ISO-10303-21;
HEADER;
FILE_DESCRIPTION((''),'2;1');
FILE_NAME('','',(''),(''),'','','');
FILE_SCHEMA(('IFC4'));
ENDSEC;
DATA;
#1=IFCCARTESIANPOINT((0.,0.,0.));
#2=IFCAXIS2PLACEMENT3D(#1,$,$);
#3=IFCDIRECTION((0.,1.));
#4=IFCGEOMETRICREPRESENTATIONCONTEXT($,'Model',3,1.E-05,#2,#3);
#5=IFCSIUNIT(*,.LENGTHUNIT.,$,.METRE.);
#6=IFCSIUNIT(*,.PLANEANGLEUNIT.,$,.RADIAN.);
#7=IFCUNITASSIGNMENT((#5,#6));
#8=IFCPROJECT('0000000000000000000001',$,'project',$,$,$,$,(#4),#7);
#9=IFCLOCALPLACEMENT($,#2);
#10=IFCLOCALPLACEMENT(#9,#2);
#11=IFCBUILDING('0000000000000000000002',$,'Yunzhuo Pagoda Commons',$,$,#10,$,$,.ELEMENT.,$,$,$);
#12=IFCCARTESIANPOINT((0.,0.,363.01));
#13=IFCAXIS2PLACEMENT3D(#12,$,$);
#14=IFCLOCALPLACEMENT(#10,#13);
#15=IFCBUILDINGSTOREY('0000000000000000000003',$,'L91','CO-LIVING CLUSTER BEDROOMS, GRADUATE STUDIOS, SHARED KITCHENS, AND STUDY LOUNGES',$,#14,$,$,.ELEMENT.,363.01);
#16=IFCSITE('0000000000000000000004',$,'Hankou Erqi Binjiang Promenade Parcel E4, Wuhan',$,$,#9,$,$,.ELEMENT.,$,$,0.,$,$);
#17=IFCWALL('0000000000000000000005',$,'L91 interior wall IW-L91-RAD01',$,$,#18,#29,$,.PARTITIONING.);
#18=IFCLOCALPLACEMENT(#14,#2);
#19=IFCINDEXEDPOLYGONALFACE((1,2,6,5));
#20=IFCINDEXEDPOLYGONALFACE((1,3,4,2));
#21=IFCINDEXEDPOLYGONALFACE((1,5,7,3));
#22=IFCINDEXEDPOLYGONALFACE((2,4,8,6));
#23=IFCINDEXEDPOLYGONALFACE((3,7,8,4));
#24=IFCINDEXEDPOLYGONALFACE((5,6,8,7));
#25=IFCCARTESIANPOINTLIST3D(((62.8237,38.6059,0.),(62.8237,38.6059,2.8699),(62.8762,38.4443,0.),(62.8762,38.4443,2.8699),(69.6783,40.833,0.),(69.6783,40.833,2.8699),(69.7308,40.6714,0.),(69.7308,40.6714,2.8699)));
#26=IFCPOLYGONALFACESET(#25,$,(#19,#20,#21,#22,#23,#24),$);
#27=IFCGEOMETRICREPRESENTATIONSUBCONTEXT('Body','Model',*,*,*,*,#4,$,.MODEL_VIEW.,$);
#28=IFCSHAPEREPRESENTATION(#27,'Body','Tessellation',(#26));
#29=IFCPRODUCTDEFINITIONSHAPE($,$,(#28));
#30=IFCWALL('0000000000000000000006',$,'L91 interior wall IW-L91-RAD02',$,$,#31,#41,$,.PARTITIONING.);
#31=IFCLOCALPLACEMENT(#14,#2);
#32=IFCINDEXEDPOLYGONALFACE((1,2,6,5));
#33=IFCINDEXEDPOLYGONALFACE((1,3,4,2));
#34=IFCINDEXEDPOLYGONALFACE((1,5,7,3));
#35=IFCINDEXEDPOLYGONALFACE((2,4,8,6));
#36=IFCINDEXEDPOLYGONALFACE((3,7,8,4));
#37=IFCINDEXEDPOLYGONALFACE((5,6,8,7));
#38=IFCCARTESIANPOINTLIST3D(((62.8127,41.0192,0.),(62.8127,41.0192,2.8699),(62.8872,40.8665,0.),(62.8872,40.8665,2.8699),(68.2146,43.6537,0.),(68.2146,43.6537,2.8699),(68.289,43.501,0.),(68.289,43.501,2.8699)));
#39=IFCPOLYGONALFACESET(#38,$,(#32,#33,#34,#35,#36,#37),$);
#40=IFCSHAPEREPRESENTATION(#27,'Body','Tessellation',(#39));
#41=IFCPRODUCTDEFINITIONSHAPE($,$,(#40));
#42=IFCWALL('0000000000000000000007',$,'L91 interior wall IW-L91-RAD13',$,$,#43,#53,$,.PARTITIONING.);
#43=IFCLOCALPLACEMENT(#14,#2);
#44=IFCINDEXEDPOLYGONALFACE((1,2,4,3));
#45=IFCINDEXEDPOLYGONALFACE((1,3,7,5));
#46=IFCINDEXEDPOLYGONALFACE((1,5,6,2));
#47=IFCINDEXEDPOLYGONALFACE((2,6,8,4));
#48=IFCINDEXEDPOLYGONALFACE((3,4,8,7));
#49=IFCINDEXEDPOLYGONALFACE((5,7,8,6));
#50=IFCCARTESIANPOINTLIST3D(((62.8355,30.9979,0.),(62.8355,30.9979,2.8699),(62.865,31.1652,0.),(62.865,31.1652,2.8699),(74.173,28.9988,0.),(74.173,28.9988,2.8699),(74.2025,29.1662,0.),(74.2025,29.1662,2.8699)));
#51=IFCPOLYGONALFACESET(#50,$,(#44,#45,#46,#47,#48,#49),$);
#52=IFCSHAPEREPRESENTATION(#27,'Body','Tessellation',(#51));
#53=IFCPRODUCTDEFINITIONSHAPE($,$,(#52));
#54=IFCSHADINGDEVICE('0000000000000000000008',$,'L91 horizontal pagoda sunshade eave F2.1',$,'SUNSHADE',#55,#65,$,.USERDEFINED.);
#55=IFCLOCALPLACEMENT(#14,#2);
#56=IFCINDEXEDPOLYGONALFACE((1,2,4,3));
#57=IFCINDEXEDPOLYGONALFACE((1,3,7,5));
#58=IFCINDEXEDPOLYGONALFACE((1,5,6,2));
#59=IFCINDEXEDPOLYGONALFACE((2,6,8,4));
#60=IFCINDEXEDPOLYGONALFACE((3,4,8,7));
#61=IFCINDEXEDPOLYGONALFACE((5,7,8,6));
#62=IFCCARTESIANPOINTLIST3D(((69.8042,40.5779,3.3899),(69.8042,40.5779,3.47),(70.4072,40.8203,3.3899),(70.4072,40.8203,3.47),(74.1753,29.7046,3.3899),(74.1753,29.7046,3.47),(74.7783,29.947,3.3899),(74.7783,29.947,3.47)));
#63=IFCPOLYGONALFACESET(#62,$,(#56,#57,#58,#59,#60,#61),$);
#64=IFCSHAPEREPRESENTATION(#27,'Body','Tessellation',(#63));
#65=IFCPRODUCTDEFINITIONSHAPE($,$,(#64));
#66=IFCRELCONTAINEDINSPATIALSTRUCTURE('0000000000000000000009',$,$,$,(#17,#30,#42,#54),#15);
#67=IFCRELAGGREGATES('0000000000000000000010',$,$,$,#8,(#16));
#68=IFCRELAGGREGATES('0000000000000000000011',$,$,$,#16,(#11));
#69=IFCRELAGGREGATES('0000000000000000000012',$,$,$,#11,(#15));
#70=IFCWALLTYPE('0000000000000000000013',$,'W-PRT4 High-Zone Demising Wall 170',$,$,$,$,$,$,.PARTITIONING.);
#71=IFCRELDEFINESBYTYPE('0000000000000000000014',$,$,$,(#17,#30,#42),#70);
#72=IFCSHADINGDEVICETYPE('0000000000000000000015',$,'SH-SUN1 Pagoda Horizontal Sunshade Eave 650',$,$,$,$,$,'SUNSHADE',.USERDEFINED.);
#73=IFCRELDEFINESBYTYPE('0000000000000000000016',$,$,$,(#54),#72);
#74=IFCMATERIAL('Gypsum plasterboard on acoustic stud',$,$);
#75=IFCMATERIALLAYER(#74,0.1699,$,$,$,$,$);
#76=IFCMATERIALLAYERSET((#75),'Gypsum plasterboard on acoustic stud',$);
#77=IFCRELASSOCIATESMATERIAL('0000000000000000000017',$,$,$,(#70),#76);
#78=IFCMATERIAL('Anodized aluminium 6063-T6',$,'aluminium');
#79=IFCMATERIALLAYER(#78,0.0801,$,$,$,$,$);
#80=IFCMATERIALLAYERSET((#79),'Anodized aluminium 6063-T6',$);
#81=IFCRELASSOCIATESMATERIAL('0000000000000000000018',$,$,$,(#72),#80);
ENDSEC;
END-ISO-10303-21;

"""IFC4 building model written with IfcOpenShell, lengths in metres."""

from ifc_helpers import new_model, si_unit, direction, frame, frame_2d, origin, origin_2d, place, context, subcontext, project, spatial, rectangle, extrude, source, transform, mapped, material, layer, layer_set, type_object, element, save


model = new_model("IFC4")

# Units and contexts
model_context = context("Model", 3, precision=1e-05, world=origin(), true_north=direction((0.0, 1.0)))
body_context = subcontext(model_context, "Body", "Model", "MODEL_VIEW")
ifc_project = project(units=[si_unit("LENGTHUNIT", "METRE"), si_unit("PLANEANGLEUNIT", "RADIAN")], contexts=[model_context])

# Site, building, storey
site_placement = place(None, origin())
site = spatial("IfcSite", under=ifc_project, at=site_placement, Name="Hankou Erqi Binjiang Promenade Parcel E4, Wuhan", CompositionType="ELEMENT", RefElevation=0.0)
building_placement = place(site_placement, origin())
building = spatial("IfcBuilding", under=site, at=building_placement, Name="Yunzhuo Pagoda Commons", CompositionType="ELEMENT")
storey_placement = place(building_placement, frame((0.0, 0.0, 363.01)))
storey = spatial("IfcBuildingStorey", under=building, at=storey_placement, Name="L91", Description="CO-LIVING CLUSTER BEDROOMS, GRADUATE STUDIOS, SHARED KITCHENS, AND STUDY LOUNGES", CompositionType="ELEMENT", Elevation=363.01)

# Shared definitions
ifc_material_1 = material(Name="Anodized aluminium 6063-T6", Category="aluminium")

# Shared definitions
ifc_material_2 = material(Name="Gypsum plasterboard on acoustic stud")

# Walls
ifc_layer_1 = layer(ifc_material_2, 0.1699)
ifc_layer_set_1 = layer_set([ifc_layer_1], Name="Gypsum plasterboard on acoustic stud")
wall_type_1 = type_object("IfcWallType", Name="W-PRT4 High-Zone Demising Wall 170", PredefinedType="PARTITIONING", material=ifc_layer_set_1)
wall_1_placement = place(storey_placement, frame((62.8501, 38.5251, 0.0), z_axis=(0.0, 0.0, 1.0), x_axis=(0.951061, 0.309003, 0.0)))
element("IfcWall", 1, at=wall_1_placement, inside=storey, type_object=wall_type_1, Name="L91 interior wall IW-L91-RAD01", PredefinedType="PARTITIONING", context=body_context, shape_type="SweptSolid", body=[
    extrude(rectangle(XDim=7.2073, YDim=0.1699, at=frame_2d((3.6035, 0.0))), origin(), (0.0, 0.0, 1.0), 2.8699),
])
wall_2_placement = place(storey_placement, frame((62.8501, 40.9429, 0.0), z_axis=(0.0, 0.0, 1.0), x_axis=(0.898803, 0.438352, 0.0)))
element("IfcWall", 2, at=wall_2_placement, inside=storey, type_object=wall_type_1, Name="L91 interior wall IW-L91-RAD02", PredefinedType="PARTITIONING", context=body_context, shape_type="SweptSolid", body=[
    extrude(rectangle(XDim=6.01, YDim=0.1699, at=frame_2d((3.0049, 0.0))), origin(), (0.0, 0.0, 1.0), 2.8699),
])
wall_3_placement = place(storey_placement, frame((62.8501, 31.0815, 0.0), z_axis=(0.0, 0.0, 1.0), x_axis=(0.984809, -0.173639, 0.0)))
element("IfcWall", 3, at=wall_3_placement, inside=storey, type_object=wall_type_1, Name="L91 interior wall IW-L91-RAD13", PredefinedType="PARTITIONING", context=body_context, shape_type="SweptSolid", body=[
    extrude(rectangle(XDim=11.5125, YDim=0.1699, at=frame_2d((5.7563, 0.0))), origin(), (0.0, 0.0, 1.0), 2.8699),
])

# Shading device
ifc_layer_2 = layer(ifc_material_1, 0.0801)
ifc_layer_set_2 = layer_set([ifc_layer_2], Name="Anodized aluminium 6063-T6")
shading_device_type = type_object("IfcShadingDeviceType", Name="SH-SUN1 Pagoda Horizontal Sunshade Eave 650", ElementType="SUNSHADE", PredefinedType="USERDEFINED", material=ifc_layer_set_2)
shared_shape_1 = source(origin(), body_context, "Body", "SweptSolid", [
    extrude(rectangle(XDim=11.719, YDim=0.6499, at=origin_2d()), origin(), (0.0, 0.0, 1.0), 0.0801),
])
shading_device_placement = place(storey_placement, frame((72.2913, 35.2625, 3.3899), z_axis=(0.0, 0.0, 1.0), x_axis=(-0.372988, 0.927836, 0.0)))
element("IfcShadingDevice", 4, at=shading_device_placement, inside=storey, type_object=shading_device_type, Name="L91 horizontal pagoda sunshade eave F2.1", ObjectType="SUNSHADE", PredefinedType="USERDEFINED", context=body_context, shape_type="MappedRepresentation", body=[
    mapped(shared_shape_1, transform((0.0, 0.0, 0.0), scale=1.0)),
])

save(model, "model.ifc")
